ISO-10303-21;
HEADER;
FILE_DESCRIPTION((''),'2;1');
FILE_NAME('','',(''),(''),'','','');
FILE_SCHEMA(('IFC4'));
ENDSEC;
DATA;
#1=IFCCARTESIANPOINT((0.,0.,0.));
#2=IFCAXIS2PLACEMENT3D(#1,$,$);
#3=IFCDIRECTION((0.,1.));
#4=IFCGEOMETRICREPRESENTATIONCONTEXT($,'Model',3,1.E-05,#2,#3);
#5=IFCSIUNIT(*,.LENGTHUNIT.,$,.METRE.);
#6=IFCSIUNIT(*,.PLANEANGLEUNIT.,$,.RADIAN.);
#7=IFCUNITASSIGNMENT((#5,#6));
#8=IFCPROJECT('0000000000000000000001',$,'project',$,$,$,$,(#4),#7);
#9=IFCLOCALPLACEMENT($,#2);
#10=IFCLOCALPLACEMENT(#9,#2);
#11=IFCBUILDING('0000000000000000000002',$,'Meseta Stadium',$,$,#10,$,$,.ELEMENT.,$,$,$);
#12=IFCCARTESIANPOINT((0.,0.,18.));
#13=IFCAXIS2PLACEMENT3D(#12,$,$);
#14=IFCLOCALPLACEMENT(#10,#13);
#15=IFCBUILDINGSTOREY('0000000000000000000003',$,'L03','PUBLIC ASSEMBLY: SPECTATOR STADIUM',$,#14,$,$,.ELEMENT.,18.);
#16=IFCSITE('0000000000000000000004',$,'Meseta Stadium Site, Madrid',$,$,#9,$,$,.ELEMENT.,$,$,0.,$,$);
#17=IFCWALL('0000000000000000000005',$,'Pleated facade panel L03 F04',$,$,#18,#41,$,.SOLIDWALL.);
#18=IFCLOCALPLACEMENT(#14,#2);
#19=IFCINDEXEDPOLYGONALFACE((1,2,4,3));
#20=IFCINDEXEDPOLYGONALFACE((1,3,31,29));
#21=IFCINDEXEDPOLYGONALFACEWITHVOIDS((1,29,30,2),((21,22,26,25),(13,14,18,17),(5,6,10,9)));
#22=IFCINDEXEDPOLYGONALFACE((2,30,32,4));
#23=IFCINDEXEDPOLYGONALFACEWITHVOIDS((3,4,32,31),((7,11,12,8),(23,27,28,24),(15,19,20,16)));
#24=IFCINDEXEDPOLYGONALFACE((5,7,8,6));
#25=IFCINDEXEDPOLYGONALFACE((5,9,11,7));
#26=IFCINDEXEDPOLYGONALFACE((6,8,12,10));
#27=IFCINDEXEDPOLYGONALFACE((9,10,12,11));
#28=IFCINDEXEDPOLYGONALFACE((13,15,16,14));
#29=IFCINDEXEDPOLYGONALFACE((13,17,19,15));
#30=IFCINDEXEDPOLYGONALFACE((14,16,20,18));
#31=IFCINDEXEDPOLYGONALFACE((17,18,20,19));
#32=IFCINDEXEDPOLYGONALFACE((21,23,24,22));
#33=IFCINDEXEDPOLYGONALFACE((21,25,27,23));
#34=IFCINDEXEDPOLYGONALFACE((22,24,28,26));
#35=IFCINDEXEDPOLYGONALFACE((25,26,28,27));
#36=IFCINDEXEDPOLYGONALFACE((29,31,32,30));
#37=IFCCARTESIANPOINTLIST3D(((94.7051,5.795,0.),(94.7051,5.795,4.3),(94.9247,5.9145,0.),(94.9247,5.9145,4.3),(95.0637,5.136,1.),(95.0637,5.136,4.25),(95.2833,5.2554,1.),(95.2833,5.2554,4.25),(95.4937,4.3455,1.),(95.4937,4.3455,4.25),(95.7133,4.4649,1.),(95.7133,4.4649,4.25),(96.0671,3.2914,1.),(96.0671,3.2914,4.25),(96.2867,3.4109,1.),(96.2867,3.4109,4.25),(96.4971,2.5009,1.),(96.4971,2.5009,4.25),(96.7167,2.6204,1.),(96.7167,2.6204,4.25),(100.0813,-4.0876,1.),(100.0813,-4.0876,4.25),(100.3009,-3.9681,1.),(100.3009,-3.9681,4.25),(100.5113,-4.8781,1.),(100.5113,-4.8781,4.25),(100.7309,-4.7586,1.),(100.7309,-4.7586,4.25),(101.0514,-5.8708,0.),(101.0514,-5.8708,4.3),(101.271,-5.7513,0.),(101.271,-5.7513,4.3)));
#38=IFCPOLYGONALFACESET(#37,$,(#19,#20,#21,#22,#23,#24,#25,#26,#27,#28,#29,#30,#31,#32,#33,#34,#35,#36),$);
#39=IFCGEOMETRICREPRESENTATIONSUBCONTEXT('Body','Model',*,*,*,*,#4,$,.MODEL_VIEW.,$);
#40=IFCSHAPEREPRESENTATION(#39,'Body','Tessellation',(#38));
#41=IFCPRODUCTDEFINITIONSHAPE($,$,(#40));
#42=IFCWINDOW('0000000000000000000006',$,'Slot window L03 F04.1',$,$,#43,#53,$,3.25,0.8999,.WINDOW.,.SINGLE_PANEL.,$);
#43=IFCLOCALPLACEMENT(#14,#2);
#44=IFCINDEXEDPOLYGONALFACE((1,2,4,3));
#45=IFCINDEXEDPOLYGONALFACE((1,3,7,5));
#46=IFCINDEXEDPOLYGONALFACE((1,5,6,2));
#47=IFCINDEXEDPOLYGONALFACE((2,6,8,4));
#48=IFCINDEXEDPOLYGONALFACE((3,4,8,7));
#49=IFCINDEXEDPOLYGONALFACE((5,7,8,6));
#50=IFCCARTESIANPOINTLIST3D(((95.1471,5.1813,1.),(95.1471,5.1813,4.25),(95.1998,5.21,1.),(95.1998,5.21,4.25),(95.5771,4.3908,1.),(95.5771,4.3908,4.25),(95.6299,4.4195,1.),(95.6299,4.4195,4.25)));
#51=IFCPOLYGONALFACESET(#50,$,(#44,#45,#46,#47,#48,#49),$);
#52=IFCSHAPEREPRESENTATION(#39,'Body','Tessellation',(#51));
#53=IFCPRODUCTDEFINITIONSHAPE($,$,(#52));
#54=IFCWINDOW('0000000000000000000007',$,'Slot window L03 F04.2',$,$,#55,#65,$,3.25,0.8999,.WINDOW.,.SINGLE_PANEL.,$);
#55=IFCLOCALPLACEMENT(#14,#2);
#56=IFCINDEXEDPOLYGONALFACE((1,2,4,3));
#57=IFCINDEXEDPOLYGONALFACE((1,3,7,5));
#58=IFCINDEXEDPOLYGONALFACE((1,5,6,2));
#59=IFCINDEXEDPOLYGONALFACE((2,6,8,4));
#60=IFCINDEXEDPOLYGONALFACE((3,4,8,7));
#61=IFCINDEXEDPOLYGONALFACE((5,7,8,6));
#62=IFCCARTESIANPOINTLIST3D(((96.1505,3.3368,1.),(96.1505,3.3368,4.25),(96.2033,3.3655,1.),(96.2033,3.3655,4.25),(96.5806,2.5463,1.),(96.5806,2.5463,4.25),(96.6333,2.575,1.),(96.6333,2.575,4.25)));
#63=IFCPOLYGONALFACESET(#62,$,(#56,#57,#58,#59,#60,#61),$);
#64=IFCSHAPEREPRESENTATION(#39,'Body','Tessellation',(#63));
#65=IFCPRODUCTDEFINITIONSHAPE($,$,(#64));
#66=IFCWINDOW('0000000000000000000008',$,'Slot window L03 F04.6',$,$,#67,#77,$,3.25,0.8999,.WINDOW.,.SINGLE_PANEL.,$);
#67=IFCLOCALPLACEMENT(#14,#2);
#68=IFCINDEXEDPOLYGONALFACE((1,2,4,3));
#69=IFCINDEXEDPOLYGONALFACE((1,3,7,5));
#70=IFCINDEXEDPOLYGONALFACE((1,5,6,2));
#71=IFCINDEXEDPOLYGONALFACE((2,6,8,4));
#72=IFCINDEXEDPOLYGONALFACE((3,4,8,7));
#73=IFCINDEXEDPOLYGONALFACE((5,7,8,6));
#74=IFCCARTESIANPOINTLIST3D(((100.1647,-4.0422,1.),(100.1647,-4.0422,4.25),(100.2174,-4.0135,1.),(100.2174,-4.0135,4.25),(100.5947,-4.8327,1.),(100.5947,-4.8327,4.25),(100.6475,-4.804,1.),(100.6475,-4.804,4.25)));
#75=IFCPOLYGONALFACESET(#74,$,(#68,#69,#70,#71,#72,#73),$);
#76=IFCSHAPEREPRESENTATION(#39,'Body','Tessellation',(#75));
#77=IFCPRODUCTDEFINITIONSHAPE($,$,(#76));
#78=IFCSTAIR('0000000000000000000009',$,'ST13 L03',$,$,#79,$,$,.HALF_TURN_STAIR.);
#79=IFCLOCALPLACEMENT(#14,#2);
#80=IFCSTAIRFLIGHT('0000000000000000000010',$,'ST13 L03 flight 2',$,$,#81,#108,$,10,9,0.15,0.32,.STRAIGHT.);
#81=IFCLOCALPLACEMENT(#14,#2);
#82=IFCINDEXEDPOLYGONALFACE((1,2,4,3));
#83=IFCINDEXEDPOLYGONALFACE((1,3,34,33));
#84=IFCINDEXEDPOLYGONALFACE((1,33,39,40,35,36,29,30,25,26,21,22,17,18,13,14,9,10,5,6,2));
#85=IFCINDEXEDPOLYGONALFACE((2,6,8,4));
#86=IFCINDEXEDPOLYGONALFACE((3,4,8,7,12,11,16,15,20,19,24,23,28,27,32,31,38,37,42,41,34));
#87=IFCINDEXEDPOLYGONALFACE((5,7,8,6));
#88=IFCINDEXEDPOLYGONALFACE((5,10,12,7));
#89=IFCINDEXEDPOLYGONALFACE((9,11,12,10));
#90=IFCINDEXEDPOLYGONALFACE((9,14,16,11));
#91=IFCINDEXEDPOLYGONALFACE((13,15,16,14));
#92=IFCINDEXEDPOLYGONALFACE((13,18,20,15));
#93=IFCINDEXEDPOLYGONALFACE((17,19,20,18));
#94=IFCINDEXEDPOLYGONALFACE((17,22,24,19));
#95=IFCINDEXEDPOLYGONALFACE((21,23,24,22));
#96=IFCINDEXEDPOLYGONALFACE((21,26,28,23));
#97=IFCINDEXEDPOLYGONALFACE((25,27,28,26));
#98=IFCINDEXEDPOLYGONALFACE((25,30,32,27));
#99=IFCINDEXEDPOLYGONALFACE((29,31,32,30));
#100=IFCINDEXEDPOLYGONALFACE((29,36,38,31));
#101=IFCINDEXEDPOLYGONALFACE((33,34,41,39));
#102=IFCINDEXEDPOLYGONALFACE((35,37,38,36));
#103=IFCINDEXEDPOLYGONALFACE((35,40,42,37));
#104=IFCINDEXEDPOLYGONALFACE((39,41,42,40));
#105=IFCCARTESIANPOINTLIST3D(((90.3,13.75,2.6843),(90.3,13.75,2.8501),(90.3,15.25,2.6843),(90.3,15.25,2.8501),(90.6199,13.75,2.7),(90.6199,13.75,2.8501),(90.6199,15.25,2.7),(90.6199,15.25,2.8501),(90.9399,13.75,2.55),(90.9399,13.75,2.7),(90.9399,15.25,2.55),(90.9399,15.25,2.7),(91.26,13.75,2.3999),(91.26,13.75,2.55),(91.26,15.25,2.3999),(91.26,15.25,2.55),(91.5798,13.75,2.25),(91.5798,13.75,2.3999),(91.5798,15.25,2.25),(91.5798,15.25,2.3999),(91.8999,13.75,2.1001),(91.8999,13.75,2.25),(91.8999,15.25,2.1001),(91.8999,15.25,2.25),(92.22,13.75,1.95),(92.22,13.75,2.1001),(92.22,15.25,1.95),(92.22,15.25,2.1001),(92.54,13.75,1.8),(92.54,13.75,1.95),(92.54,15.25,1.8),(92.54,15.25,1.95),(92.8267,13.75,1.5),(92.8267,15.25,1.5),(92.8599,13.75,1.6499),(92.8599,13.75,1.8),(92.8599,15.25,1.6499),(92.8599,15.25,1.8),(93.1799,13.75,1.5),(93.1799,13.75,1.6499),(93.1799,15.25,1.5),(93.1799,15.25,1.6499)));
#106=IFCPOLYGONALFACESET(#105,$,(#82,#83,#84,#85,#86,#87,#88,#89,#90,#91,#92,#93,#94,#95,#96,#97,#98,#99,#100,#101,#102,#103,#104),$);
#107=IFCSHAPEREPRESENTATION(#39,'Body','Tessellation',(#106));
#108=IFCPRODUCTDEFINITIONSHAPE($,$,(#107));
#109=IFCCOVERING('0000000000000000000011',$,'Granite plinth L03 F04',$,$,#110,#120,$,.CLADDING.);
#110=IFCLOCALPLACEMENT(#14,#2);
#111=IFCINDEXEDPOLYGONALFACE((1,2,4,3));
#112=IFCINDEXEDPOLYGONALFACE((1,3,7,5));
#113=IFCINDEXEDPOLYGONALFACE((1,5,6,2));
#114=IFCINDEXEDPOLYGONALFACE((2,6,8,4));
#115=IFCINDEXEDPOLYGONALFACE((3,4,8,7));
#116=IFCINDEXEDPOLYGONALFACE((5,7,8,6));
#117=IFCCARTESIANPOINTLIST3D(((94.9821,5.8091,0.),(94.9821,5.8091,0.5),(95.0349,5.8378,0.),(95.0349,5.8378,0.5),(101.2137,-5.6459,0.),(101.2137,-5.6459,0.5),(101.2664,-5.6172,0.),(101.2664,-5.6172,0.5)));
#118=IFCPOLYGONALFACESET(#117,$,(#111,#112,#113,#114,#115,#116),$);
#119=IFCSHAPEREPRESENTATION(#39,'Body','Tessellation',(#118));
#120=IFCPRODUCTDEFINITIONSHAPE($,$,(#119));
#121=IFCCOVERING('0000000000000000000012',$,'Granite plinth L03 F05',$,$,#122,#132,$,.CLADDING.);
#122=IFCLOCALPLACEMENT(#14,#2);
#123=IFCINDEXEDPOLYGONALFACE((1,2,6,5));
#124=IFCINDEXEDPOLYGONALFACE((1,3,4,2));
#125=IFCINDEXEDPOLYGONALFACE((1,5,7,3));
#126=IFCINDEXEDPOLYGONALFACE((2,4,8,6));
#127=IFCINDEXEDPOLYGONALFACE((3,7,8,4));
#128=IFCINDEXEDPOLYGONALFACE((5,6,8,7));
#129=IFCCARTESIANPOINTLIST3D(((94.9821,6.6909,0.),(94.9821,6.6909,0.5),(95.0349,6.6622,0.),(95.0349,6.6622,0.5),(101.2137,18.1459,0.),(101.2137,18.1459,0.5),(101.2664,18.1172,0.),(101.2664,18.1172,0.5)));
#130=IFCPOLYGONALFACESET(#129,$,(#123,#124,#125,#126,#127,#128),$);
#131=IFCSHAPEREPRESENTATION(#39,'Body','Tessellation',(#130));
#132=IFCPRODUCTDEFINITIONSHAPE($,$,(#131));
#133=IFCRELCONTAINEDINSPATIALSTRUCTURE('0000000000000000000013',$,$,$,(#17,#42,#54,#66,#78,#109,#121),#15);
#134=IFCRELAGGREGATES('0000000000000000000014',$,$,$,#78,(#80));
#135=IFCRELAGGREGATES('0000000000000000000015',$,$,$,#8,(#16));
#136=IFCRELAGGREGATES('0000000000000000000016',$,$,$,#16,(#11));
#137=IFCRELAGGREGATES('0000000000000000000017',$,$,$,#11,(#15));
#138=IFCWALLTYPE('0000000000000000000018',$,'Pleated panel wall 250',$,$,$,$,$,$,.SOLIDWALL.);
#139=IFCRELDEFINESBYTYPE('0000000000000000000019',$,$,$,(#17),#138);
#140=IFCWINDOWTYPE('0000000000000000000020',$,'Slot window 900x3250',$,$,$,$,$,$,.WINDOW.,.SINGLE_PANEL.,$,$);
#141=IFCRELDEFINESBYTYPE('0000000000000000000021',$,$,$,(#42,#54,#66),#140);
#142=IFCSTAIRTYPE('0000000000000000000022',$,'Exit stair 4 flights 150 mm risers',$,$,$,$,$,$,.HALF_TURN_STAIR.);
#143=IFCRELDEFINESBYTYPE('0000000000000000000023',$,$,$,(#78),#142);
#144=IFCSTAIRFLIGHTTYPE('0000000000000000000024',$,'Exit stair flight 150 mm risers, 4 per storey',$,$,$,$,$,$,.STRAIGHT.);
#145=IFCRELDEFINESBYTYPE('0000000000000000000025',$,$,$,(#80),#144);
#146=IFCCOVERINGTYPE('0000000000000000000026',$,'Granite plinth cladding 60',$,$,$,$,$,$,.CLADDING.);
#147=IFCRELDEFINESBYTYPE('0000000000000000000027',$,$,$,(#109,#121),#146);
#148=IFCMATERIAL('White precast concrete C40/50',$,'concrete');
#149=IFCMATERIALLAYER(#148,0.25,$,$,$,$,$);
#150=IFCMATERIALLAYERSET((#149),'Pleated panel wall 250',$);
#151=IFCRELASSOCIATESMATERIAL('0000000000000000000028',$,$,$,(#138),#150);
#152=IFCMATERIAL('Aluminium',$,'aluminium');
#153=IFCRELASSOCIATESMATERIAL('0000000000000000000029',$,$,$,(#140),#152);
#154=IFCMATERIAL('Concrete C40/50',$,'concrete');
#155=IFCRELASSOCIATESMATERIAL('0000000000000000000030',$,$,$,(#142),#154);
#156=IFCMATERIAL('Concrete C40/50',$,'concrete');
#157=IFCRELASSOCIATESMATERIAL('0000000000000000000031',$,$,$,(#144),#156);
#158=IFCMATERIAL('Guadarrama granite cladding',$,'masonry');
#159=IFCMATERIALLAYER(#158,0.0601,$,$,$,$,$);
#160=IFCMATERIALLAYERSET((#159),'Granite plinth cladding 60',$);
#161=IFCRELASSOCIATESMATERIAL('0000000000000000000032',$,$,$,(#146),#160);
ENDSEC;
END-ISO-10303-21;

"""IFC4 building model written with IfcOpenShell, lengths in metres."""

from ifc_helpers import new_model, si_unit, direction, frame, frame_2d, origin, origin_2d, place, context, subcontext, project, spatial, polyline, rectangle, outline, extrude, material, layer, layer_set, type_object, element, fill, aggregate, save


model = new_model("IFC4")

# Units and contexts
model_context = context("Model", 3, precision=1e-05, world=origin(), true_north=direction((0.0, 1.0)))
body_context = subcontext(model_context, "Body", "Model", "MODEL_VIEW")
ifc_project = project(units=[si_unit("LENGTHUNIT", "METRE"), si_unit("PLANEANGLEUNIT", "RADIAN")], contexts=[model_context])

# Site, building, storey
site_placement = place(None, origin())
site = spatial("IfcSite", under=ifc_project, at=site_placement, Name="Meseta Stadium Site, Madrid", CompositionType="ELEMENT", RefElevation=0.0)
building_placement = place(site_placement, origin())
building = spatial("IfcBuilding", under=site, at=building_placement, Name="Meseta Stadium", CompositionType="ELEMENT")
storey_placement = place(building_placement, frame((0.0, 0.0, 18.0)))
storey = spatial("IfcBuildingStorey", under=building, at=storey_placement, Name="L03", Description="PUBLIC ASSEMBLY: SPECTATOR STADIUM", CompositionType="ELEMENT", Elevation=18.0)

# Wall, openings, windows
ifc_material_1 = material(Name="White precast concrete C40/50", Category="concrete")
ifc_layer_1 = layer(ifc_material_1, 0.25)
ifc_layer_set_1 = layer_set([ifc_layer_1], Name="Pleated panel wall 250")
wall_type_1 = type_object("IfcWallType", Name="Pleated panel wall 250", PredefinedType="SOLIDWALL", material=ifc_layer_set_1)
wall_1_placement = place(storey_placement, frame((94.8149, 5.8547, 0.0), z_axis=(0.0, 0.0, 1.0), x_axis=(0.477868, -0.878432, 0.0)))
wall_1 = element("IfcWall", 1, at=wall_1_placement, inside=storey, type_object=wall_type_1, Name="Pleated facade panel L03 F04", PredefinedType="SOLIDWALL", context=body_context, shape_type="SweptSolid", body=[
    extrude(rectangle(XDim=13.2803, YDim=0.25, at=frame_2d((6.6401, 0.0))), origin(), (0.0, 0.0, 1.0), 4.3),
])
opening_1_placement = place(wall_1_placement, frame((0.7502, 0.0, 1.0)))
opening_1 = element("IfcOpeningElement", 2, at=opening_1_placement, cuts=wall_1, PredefinedType="OPENING", context=body_context, shape_type="SweptSolid", body=[
    extrude(rectangle(XDim=0.8999, YDim=3.25, at=frame_2d((0.45, 1.625))), frame((0.0, 0.135, 0.0), z_axis=(0.0, -1.0, 0.0), x_axis=(1.0, 0.0, 0.0)), (0.0, 0.0, 1.0), 0.27),
])
opening_2_placement = place(wall_1_placement, frame((2.8501, 0.0, 1.0)))
opening_2 = element("IfcOpeningElement", 3, at=opening_2_placement, cuts=wall_1, PredefinedType="OPENING", context=body_context, shape_type="SweptSolid", body=[
    extrude(rectangle(XDim=0.8999, YDim=3.25, at=frame_2d((0.45, 1.625))), frame((0.0, 0.135, 0.0), z_axis=(0.0, -1.0, 0.0), x_axis=(1.0, 0.0, 0.0)), (0.0, 0.0, 1.0), 0.27),
])
opening_3_placement = place(wall_1_placement, frame((11.2502, 0.0, 1.0)))
opening_3 = element("IfcOpeningElement", 4, at=opening_3_placement, cuts=wall_1, PredefinedType="OPENING", context=body_context, shape_type="SweptSolid", body=[
    extrude(rectangle(XDim=0.8999, YDim=3.25, at=frame_2d((0.45, 1.625))), frame((0.0, 0.135, 0.0), z_axis=(0.0, -1.0, 0.0), x_axis=(1.0, 0.0, 0.0)), (0.0, 0.0, 1.0), 0.27),
])
ifc_material_2 = material(Name="Aluminium", Category="aluminium")
window_type = type_object("IfcWindowType", Name="Slot window 900x3250", PartitioningType="SINGLE_PANEL", PredefinedType="WINDOW", material=ifc_material_2)
window_1_placement = place(opening_1_placement, origin())
window_1 = element("IfcWindow", 5, at=window_1_placement, inside=storey, type_object=window_type, Name="Slot window L03 F04.1", OverallHeight=3.25, OverallWidth=0.8999, PartitioningType="SINGLE_PANEL", PredefinedType="WINDOW", context=body_context, shape_type="SweptSolid", body=[
    extrude(rectangle(XDim=0.8999, YDim=3.25, at=frame_2d((0.45, 1.625))), frame((0.0, 0.03, 0.0), z_axis=(0.0, -1.0, 0.0), x_axis=(1.0, 0.0, 0.0)), (0.0, 0.0, 1.0), 0.0601),
])
fill(opening_1, window_1)
window_2_placement = place(opening_2_placement, origin())
window_2 = element("IfcWindow", 6, at=window_2_placement, inside=storey, type_object=window_type, Name="Slot window L03 F04.2", OverallHeight=3.25, OverallWidth=0.8999, PartitioningType="SINGLE_PANEL", PredefinedType="WINDOW", context=body_context, shape_type="SweptSolid", body=[
    extrude(rectangle(XDim=0.8999, YDim=3.25, at=frame_2d((0.45, 1.625))), frame((0.0, 0.03, 0.0), z_axis=(0.0, -1.0, 0.0), x_axis=(1.0, 0.0, 0.0)), (0.0, 0.0, 1.0), 0.0601),
])
fill(opening_2, window_2)
window_3_placement = place(opening_3_placement, origin())
window_3 = element("IfcWindow", 7, at=window_3_placement, inside=storey, type_object=window_type, Name="Slot window L03 F04.6", OverallHeight=3.25, OverallWidth=0.8999, PartitioningType="SINGLE_PANEL", PredefinedType="WINDOW", context=body_context, shape_type="SweptSolid", body=[
    extrude(rectangle(XDim=0.8999, YDim=3.25, at=frame_2d((0.45, 1.625))), frame((0.0, 0.03, 0.0), z_axis=(0.0, -1.0, 0.0), x_axis=(1.0, 0.0, 0.0)), (0.0, 0.0, 1.0), 0.0601),
])
fill(opening_3, window_3)

# Stair, stair flight
ifc_material_3 = material(Name="Concrete C40/50", Category="concrete")
stair_type = type_object("IfcStairType", Name="Exit stair 4 flights 150 mm risers", PredefinedType="HALF_TURN_STAIR", material=ifc_material_3)
stair_placement = place(storey_placement, origin())
stair = element("IfcStair", 8, at=stair_placement, inside=storey, type_object=stair_type, Name="ST13 L03", PredefinedType="HALF_TURN_STAIR")
ifc_material_4 = material(Name="Concrete C40/50", Category="concrete")
stair_flight_type = type_object("IfcStairFlightType", Name="Exit stair flight 150 mm risers, 4 per storey", PredefinedType="STRAIGHT", material=ifc_material_4)
stair_flight_placement = place(storey_placement, frame((93.1799, 14.5, 1.5), z_axis=(0.0, 0.0, 1.0), x_axis=(-1.0, 0.0, 0.0)))
stair_flight = element("IfcStairFlight", 9, at=stair_flight_placement, type_object=stair_flight_type, Name="ST13 L03 flight 2", NumberOfRisers=10, NumberOfTreads=9, PredefinedType="STRAIGHT", RiserHeight=0.15, TreadLength=0.32, context=body_context, shape_type="SweptSolid", body=[
    extrude(outline(polyline([(0.0, 0.0), (0.0, 0.1499), (0.3201, 0.1499), (0.3201, 0.3), (0.6399, 0.3), (0.6399, 0.45), (0.96, 0.45), (0.96, 0.6001), (1.28, 0.6001), (1.28, 0.75), (1.6001, 0.75), (1.6001, 0.8999), (1.9199, 0.8999), (1.9199, 1.05), (2.24, 1.05), (2.24, 1.2), (2.5601, 1.2), (2.5601, 1.3501), (2.8799, 1.3501), (2.8799, 1.1843), (0.3533, 0.0), (0.0, 0.0)])), frame((0.0, 0.75, 0.0), z_axis=(0.0, -1.0, 0.0), x_axis=(1.0, 0.0, 0.0)), (0.0, 0.0, 1.0), 1.5),
])
aggregate(stair, [stair_flight])

# Coverings
ifc_material_5 = material(Name="Guadarrama granite cladding", Category="masonry")
ifc_layer_2 = layer(ifc_material_5, 0.0601)
ifc_layer_set_2 = layer_set([ifc_layer_2], Name="Granite plinth cladding 60")
covering_type_1 = type_object("IfcCoveringType", Name="Granite plinth cladding 60", PredefinedType="CLADDING", material=ifc_layer_set_2)
for number, where, z_axis, x_axis, name in (
    (10, (98.1243, 0.0959, 0.0), (0.0, 0.0, 1.0), (0.477867, -0.878432, 0.0), "Granite plinth L03 F04"),
    (11, (98.1243, 12.4041, 0.0), (0.0, 0.0, 1.0), (-0.477867, -0.878432, 0.0), "Granite plinth L03 F05"),
):
    element("IfcCovering", number, at=place(storey_placement, frame(where, z_axis=z_axis, x_axis=x_axis)), inside=storey, type_object=covering_type_1, Name=name, PredefinedType="CLADDING", context=body_context, shape_type="SweptSolid", body=[
        extrude(rectangle(XDim=13.0403, YDim=0.0601, at=origin_2d()), origin(), (0.0, 0.0, 1.0), 0.5),
    ])

save(model, "model.ifc")
